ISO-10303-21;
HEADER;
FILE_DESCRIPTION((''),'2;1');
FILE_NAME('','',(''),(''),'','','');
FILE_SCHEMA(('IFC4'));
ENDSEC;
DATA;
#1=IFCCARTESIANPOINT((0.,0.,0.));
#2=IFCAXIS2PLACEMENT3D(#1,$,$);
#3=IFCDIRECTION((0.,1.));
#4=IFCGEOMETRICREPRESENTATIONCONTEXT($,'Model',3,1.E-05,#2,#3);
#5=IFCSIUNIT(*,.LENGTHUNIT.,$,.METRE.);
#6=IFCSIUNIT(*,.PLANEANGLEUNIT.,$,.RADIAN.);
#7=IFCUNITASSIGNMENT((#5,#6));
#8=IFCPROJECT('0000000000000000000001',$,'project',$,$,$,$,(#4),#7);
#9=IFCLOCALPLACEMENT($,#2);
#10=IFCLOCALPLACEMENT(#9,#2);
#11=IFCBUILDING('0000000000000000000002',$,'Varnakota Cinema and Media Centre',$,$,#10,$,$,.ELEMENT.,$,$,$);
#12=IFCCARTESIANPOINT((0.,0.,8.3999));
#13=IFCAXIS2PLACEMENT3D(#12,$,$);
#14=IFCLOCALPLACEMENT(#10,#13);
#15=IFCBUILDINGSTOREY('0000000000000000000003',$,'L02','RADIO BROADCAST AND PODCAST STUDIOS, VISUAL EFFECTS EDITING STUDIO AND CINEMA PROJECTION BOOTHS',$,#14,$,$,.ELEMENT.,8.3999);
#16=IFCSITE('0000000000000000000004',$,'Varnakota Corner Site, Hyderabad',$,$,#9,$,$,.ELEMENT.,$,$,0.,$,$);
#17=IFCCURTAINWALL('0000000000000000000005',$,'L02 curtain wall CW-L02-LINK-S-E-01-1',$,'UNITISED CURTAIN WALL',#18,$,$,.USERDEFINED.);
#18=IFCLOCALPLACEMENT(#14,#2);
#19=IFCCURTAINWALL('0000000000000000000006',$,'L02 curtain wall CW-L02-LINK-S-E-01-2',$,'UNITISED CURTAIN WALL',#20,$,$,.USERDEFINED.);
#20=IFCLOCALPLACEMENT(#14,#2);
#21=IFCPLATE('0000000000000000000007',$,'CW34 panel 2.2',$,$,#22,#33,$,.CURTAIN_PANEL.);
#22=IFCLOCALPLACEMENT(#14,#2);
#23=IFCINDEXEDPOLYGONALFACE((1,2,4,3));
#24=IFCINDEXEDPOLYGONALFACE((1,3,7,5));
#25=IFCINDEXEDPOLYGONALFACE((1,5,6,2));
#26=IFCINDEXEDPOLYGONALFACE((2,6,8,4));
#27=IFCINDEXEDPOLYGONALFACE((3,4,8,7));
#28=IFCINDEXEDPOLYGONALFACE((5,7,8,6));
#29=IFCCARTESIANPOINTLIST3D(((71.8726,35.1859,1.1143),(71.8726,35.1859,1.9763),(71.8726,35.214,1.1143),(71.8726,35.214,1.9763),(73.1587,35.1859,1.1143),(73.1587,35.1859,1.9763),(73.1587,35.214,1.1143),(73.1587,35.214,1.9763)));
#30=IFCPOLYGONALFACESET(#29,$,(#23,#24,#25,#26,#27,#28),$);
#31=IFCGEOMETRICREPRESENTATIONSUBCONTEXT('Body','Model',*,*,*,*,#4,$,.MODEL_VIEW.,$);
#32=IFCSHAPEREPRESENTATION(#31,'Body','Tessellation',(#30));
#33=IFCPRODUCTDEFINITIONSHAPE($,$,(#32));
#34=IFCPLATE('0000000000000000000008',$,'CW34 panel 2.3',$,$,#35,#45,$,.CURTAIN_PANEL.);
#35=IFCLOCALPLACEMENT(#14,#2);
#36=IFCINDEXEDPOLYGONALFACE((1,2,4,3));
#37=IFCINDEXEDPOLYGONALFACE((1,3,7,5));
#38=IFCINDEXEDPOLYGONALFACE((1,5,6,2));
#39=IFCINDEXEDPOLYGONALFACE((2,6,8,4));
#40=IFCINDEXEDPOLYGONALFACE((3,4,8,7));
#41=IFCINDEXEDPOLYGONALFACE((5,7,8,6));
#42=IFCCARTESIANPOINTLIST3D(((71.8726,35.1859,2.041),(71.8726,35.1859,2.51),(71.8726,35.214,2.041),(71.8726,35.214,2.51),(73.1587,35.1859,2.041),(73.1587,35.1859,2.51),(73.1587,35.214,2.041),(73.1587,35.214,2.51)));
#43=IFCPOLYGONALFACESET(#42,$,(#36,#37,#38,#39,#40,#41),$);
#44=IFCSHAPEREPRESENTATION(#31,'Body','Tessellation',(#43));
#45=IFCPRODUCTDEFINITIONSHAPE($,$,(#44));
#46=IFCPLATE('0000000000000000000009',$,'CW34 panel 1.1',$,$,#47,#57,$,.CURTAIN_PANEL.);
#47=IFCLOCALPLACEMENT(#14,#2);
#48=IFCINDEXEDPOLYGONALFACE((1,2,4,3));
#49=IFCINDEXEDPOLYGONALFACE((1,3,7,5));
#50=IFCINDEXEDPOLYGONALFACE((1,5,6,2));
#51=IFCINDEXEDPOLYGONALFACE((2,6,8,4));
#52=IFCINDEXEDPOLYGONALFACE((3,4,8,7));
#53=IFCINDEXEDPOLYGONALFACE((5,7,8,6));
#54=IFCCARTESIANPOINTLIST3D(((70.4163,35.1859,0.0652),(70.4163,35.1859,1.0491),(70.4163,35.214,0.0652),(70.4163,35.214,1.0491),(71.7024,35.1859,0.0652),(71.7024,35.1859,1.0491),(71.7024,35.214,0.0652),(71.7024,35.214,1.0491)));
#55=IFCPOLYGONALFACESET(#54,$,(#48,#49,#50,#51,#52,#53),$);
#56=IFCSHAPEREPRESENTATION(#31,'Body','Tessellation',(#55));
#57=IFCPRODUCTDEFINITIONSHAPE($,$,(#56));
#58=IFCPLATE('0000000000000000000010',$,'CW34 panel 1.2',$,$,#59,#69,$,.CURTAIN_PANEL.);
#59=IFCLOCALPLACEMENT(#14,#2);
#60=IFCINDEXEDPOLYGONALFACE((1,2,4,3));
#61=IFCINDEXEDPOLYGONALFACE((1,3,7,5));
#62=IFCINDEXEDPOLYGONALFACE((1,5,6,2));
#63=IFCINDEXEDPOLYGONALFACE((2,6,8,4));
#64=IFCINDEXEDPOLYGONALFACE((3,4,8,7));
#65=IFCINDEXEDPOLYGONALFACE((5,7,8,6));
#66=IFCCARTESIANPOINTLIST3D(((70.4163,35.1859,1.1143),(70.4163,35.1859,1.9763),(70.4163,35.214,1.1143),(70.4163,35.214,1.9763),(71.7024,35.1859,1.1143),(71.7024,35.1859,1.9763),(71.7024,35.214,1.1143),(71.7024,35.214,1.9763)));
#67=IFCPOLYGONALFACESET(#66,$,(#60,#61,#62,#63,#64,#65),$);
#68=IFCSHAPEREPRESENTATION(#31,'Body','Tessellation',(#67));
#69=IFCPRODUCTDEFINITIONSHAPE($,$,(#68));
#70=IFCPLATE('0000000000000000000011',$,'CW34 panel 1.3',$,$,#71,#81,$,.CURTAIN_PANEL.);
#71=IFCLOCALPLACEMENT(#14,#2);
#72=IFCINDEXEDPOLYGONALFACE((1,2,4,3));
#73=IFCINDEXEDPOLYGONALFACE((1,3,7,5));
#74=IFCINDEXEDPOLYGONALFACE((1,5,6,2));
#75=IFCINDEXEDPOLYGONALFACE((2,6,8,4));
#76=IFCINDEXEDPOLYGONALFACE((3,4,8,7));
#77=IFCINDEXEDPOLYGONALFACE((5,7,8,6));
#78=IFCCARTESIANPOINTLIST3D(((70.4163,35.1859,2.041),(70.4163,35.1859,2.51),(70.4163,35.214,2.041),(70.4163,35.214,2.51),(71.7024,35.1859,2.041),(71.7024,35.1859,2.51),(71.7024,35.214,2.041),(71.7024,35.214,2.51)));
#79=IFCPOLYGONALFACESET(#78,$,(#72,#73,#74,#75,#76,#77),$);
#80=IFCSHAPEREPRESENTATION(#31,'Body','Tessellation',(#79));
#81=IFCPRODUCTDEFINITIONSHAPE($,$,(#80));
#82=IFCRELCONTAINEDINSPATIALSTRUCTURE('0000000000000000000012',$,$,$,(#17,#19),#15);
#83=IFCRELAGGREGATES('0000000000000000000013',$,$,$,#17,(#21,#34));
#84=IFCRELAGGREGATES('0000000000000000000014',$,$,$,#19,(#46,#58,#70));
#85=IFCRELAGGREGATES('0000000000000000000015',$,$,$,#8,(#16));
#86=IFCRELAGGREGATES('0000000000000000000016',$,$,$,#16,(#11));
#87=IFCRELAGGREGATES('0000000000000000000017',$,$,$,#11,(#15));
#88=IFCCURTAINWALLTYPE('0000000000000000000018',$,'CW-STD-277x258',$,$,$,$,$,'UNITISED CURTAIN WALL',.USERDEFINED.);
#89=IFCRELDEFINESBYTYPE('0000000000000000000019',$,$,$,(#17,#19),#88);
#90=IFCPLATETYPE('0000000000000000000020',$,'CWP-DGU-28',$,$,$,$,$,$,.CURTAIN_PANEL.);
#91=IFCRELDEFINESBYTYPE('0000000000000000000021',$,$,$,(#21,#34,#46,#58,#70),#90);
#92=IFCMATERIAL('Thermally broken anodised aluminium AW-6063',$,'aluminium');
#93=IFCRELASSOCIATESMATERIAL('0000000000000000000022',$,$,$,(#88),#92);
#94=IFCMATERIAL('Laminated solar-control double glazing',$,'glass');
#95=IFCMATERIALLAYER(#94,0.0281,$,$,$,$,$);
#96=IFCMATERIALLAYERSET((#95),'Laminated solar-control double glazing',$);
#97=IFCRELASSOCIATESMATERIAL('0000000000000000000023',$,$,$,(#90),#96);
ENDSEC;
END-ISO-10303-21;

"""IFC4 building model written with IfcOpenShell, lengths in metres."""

from ifc_helpers import new_model, si_unit, direction, frame, origin, origin_2d, place, context, subcontext, project, spatial, rectangle, extrude, material, layer, layer_set, type_object, element, aggregate, save


model = new_model("IFC4")

# Units and contexts
model_context = context("Model", 3, precision=1e-05, world=origin(), true_north=direction((0.0, 1.0)))
body_context = subcontext(model_context, "Body", "Model", "MODEL_VIEW")
ifc_project = project(units=[si_unit("LENGTHUNIT", "METRE"), si_unit("PLANEANGLEUNIT", "RADIAN")], contexts=[model_context])

# Site, building, storey
site_placement = place(None, origin())
site = spatial("IfcSite", under=ifc_project, at=site_placement, Name="Varnakota Corner Site, Hyderabad", CompositionType="ELEMENT", RefElevation=0.0)
building_placement = place(site_placement, origin())
building = spatial("IfcBuilding", under=site, at=building_placement, Name="Varnakota Cinema and Media Centre", CompositionType="ELEMENT")
storey_placement = place(building_placement, frame((0.0, 0.0, 8.3999)))
storey = spatial("IfcBuildingStorey", under=building, at=storey_placement, Name="L02", Description="RADIO BROADCAST AND PODCAST STUDIOS, VISUAL EFFECTS EDITING STUDIO AND CINEMA PROJECTION BOOTHS", CompositionType="ELEMENT", Elevation=8.3999)

# Curtain walls
ifc_material_1 = material(Name="Thermally broken anodised aluminium AW-6063", Category="aluminium")
curtain_wall_type = type_object("IfcCurtainWallType", Name="CW-STD-277x258", ElementType="UNITISED CURTAIN WALL", PredefinedType="USERDEFINED", material=ifc_material_1)
curtain_wall_1_placement = place(storey_placement, origin())
curtain_wall_1 = element("IfcCurtainWall", 1, at=curtain_wall_1_placement, inside=storey, type_object=curtain_wall_type, Name="L02 curtain wall CW-L02-LINK-S-E-01-1", ObjectType="UNITISED CURTAIN WALL", PredefinedType="USERDEFINED")
curtain_wall_2_placement = place(storey_placement, origin())
curtain_wall_2 = element("IfcCurtainWall", 2, at=curtain_wall_2_placement, inside=storey, type_object=curtain_wall_type, Name="L02 curtain wall CW-L02-LINK-S-E-01-2", ObjectType="UNITISED CURTAIN WALL", PredefinedType="USERDEFINED")

# Plates
ifc_material_2 = material(Name="Laminated solar-control double glazing", Category="glass")
ifc_layer = layer(ifc_material_2, 0.0281)
ifc_layer_set = layer_set([ifc_layer], Name="Laminated solar-control double glazing")
plate_type = type_object("IfcPlateType", Name="CWP-DGU-28", PredefinedType="CURTAIN_PANEL", material=ifc_layer_set)
plate_1_placement = place(storey_placement, frame((72.5156, 35.2, 1.1143), z_axis=(0.0, 0.0, 1.0), x_axis=(-1.0, 0.0, 0.0)))
plate_1 = element("IfcPlate", 3, at=plate_1_placement, type_object=plate_type, Name="CW34 panel 2.2", PredefinedType="CURTAIN_PANEL", context=body_context, shape_type="SweptSolid", body=[
    extrude(rectangle(XDim=1.2861, YDim=0.0281, at=origin_2d()), origin(), (0.0, 0.0, 1.0), 0.8621),
])
plate_2_placement = place(storey_placement, frame((72.5156, 35.2, 2.041), z_axis=(0.0, 0.0, 1.0), x_axis=(-1.0, 0.0, 0.0)))
plate_2 = element("IfcPlate", 4, at=plate_2_placement, type_object=plate_type, Name="CW34 panel 2.3", PredefinedType="CURTAIN_PANEL", context=body_context, shape_type="SweptSolid", body=[
    extrude(rectangle(XDim=1.2861, YDim=0.0281, at=origin_2d()), origin(), (0.0, 0.0, 1.0), 0.469),
])
aggregate(curtain_wall_1, [plate_1, plate_2])
plate_3_placement = place(storey_placement, frame((71.0593, 35.2, 0.0652), z_axis=(0.0, 0.0, 1.0), x_axis=(-1.0, 0.0, 0.0)))
plate_3 = element("IfcPlate", 5, at=plate_3_placement, type_object=plate_type, Name="CW34 panel 1.1", PredefinedType="CURTAIN_PANEL", context=body_context, shape_type="SweptSolid", body=[
    extrude(rectangle(XDim=1.2861, YDim=0.0281, at=origin_2d()), origin(), (0.0, 0.0, 1.0), 0.9839),
])
plate_4_placement = place(storey_placement, frame((71.0593, 35.2, 1.1143), z_axis=(0.0, 0.0, 1.0), x_axis=(-1.0, 0.0, 0.0)))
plate_4 = element("IfcPlate", 6, at=plate_4_placement, type_object=plate_type, Name="CW34 panel 1.2", PredefinedType="CURTAIN_PANEL", context=body_context, shape_type="SweptSolid", body=[
    extrude(rectangle(XDim=1.2861, YDim=0.0281, at=origin_2d()), origin(), (0.0, 0.0, 1.0), 0.8621),
])
plate_5_placement = place(storey_placement, frame((71.0593, 35.2, 2.041), z_axis=(0.0, 0.0, 1.0), x_axis=(-1.0, 0.0, 0.0)))
plate_5 = element("IfcPlate", 7, at=plate_5_placement, type_object=plate_type, Name="CW34 panel 1.3", PredefinedType="CURTAIN_PANEL", context=body_context, shape_type="SweptSolid", body=[
    extrude(rectangle(XDim=1.2861, YDim=0.0281, at=origin_2d()), origin(), (0.0, 0.0, 1.0), 0.469),
])
aggregate(curtain_wall_2, [plate_3, plate_4, plate_5])

save(model, "model.ifc")
